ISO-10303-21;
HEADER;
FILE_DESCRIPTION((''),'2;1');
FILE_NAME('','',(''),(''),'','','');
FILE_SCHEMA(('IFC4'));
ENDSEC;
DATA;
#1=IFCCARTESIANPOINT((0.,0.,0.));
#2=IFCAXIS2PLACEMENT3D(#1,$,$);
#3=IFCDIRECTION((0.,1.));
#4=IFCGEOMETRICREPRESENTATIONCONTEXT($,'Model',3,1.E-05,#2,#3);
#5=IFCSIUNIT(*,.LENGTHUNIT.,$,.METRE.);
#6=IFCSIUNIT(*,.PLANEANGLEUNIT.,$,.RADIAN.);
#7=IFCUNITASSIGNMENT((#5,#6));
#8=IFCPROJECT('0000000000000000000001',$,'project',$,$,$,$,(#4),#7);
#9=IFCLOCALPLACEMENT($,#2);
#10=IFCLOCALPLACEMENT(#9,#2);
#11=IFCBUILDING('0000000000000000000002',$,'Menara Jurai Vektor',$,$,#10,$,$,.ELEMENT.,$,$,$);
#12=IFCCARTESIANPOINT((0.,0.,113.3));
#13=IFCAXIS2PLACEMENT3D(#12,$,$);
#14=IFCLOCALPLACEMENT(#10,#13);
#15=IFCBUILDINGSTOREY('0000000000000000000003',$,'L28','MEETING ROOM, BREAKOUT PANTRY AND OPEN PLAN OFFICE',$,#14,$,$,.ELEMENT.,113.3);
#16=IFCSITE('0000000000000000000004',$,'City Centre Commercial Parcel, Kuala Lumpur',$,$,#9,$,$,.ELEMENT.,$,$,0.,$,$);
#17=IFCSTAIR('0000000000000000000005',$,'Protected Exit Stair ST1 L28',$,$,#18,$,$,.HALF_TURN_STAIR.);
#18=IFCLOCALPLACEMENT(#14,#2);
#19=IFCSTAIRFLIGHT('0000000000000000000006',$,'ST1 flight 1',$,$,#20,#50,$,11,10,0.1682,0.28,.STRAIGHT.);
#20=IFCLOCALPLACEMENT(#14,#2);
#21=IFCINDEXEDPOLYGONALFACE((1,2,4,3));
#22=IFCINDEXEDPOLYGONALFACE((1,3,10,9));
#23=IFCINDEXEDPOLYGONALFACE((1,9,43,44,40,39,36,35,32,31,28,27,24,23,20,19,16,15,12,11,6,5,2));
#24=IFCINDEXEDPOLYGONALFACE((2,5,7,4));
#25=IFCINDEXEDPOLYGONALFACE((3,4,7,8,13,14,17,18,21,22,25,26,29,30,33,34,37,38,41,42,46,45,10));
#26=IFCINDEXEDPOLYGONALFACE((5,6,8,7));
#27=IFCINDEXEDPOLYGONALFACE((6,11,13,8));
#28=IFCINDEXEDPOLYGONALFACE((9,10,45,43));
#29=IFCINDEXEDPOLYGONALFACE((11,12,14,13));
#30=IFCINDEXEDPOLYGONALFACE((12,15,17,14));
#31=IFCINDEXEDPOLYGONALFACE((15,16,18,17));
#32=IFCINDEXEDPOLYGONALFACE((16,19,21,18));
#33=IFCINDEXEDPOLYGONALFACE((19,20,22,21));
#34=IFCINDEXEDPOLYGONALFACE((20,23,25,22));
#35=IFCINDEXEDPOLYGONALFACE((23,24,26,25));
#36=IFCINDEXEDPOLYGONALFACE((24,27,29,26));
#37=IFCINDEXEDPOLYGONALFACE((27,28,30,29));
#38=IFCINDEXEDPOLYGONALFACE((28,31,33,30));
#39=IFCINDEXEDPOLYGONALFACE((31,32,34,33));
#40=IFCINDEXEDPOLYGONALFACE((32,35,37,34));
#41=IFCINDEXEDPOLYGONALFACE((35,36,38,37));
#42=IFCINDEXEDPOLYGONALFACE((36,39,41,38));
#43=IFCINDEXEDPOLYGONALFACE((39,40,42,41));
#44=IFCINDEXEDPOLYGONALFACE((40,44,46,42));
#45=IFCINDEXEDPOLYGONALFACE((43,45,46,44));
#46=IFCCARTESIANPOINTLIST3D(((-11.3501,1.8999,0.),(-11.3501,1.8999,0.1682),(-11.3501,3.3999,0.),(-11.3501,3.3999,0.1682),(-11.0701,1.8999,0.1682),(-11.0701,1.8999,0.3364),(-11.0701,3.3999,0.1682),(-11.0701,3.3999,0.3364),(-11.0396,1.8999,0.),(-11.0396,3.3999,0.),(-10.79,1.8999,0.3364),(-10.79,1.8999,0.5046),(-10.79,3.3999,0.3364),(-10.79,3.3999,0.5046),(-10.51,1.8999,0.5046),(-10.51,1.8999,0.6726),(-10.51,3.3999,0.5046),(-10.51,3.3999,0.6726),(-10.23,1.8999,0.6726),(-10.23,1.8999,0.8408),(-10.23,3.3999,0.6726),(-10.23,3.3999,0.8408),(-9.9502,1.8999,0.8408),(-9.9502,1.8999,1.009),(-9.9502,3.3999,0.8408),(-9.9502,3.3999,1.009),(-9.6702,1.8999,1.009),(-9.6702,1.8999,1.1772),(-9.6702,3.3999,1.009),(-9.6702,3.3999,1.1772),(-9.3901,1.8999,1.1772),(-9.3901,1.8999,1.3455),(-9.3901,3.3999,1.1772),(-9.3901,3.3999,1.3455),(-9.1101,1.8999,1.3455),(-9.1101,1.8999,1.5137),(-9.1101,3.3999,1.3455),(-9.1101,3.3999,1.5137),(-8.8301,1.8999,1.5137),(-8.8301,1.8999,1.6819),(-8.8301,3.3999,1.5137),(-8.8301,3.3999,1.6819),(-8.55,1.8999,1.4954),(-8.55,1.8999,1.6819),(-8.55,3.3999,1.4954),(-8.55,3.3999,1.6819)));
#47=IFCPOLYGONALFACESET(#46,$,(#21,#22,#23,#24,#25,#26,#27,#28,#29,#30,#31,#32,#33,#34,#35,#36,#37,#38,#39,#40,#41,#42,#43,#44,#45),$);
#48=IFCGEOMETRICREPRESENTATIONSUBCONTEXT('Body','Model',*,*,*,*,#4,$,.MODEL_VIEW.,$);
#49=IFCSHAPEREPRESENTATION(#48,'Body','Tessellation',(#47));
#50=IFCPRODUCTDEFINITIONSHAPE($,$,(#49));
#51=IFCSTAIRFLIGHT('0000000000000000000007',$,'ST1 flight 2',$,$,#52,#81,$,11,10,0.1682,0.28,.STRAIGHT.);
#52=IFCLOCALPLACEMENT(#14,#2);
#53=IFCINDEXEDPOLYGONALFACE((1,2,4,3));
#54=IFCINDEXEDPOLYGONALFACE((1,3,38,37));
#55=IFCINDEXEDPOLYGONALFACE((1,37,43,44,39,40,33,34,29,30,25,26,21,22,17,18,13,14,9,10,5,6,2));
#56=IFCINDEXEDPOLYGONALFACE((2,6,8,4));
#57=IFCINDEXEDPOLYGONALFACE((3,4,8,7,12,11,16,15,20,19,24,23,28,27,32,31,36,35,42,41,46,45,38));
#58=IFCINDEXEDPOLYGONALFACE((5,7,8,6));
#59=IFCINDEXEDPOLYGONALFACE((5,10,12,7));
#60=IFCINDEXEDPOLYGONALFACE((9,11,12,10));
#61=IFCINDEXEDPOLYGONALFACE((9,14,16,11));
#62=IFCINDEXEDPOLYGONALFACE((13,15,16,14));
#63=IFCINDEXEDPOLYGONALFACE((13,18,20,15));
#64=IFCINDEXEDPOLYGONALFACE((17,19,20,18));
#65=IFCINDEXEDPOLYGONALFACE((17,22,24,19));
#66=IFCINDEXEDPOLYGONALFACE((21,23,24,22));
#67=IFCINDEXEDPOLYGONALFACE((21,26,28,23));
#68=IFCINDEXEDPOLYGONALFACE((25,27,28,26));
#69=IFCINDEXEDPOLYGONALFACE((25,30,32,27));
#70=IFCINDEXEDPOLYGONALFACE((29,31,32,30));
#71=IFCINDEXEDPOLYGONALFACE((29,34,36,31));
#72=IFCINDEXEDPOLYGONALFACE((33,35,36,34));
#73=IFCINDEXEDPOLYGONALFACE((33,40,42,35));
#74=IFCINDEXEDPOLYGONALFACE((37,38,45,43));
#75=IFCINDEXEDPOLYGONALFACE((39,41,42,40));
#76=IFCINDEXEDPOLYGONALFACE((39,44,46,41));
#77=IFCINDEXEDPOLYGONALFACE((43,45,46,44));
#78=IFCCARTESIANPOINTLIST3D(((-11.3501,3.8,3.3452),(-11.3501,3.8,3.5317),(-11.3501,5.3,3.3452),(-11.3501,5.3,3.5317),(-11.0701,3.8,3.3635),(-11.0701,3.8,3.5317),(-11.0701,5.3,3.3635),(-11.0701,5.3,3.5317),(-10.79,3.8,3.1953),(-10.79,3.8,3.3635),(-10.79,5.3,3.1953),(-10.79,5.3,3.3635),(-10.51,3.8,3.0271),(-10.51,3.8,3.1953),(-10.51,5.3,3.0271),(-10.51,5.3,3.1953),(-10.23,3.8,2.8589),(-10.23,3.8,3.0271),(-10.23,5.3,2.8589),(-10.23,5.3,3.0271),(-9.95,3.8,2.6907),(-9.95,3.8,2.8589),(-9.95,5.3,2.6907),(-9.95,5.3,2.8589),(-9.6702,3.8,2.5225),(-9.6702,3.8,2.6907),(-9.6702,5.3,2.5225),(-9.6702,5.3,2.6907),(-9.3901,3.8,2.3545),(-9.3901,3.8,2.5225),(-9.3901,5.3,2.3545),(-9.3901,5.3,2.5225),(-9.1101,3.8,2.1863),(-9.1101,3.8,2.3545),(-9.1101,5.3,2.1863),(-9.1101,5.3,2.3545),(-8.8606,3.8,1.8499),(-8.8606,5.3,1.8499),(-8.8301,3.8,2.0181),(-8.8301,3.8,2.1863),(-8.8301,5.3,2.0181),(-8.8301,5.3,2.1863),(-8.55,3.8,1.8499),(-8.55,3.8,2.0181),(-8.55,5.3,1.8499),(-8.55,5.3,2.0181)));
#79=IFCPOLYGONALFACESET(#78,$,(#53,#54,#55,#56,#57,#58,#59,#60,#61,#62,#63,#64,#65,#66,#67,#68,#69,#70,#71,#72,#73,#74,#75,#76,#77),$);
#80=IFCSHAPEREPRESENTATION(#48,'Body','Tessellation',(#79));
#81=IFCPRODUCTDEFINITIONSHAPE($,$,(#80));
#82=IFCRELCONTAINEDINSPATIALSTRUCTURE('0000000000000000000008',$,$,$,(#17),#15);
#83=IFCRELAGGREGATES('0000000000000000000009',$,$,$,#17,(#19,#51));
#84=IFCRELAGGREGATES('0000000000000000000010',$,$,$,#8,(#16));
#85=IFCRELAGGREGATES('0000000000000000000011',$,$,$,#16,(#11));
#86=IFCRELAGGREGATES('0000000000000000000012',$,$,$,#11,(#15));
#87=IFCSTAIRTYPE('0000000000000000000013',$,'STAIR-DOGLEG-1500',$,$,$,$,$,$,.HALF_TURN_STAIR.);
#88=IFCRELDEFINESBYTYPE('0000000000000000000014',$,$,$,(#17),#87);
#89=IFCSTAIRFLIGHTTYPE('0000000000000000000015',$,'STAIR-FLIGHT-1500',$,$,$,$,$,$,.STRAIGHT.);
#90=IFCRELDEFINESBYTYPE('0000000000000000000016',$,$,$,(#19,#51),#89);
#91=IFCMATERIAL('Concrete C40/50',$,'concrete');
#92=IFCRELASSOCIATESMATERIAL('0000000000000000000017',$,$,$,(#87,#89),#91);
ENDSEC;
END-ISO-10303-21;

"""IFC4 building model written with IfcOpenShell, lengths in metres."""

from ifc_helpers import new_model, si_unit, direction, frame, origin, place, context, subcontext, project, spatial, polyline, outline, extrude, material, type_object, element, aggregate, save


model = new_model("IFC4")

# Units and contexts
model_context = context("Model", 3, precision=1e-05, world=origin(), true_north=direction((0.0, 1.0)))
body_context = subcontext(model_context, "Body", "Model", "MODEL_VIEW")
ifc_project = project(units=[si_unit("LENGTHUNIT", "METRE"), si_unit("PLANEANGLEUNIT", "RADIAN")], contexts=[model_context])

# Site, building, storey
site_placement = place(None, origin())
site = spatial("IfcSite", under=ifc_project, at=site_placement, Name="City Centre Commercial Parcel, Kuala Lumpur", CompositionType="ELEMENT", RefElevation=0.0)
building_placement = place(site_placement, origin())
building = spatial("IfcBuilding", under=site, at=building_placement, Name="Menara Jurai Vektor", CompositionType="ELEMENT")
storey_placement = place(building_placement, frame((0.0, 0.0, 113.3)))
storey = spatial("IfcBuildingStorey", under=building, at=storey_placement, Name="L28", Description="MEETING ROOM, BREAKOUT PANTRY AND OPEN PLAN OFFICE", CompositionType="ELEMENT", Elevation=113.3)

# Shared definitions
ifc_material_1 = material(Name="Concrete C40/50", Category="concrete")

# Stair, stair flights
stair_type = type_object("IfcStairType", Name="STAIR-DOGLEG-1500", PredefinedType="HALF_TURN_STAIR", material=ifc_material_1)
stair_placement = place(storey_placement, origin())
stair = element("IfcStair", 1, at=stair_placement, inside=storey, type_object=stair_type, Name="Protected Exit Stair ST1 L28", PredefinedType="HALF_TURN_STAIR")
stair_flight_type = type_object("IfcStairFlightType", Name="STAIR-FLIGHT-1500", PredefinedType="STRAIGHT", material=ifc_material_1)
stair_flight_1_placement = place(storey_placement, frame((-11.3501, 2.6499, 0.0), z_axis=(0.0, 0.0, 1.0), x_axis=(1.0, 0.0, 0.0)))
stair_flight_1 = element("IfcStairFlight", 2, at=stair_flight_1_placement, type_object=stair_flight_type, Name="ST1 flight 1", NumberOfRisers=11, NumberOfTreads=10, PredefinedType="STRAIGHT", RiserHeight=0.1682, TreadLength=0.28, context=body_context, shape_type="SweptSolid", body=[
    extrude(outline(polyline([(0.0, 0.0), (0.0, 0.1682), (0.28, 0.1682), (0.28, 0.3364), (0.5601, 0.3364), (0.5601, 0.5046), (0.8401, 0.5046), (0.8401, 0.6726), (1.1201, 0.6726), (1.1201, 0.8408), (1.3999, 0.8408), (1.3999, 1.009), (1.6799, 1.009), (1.6799, 1.1772), (1.96, 1.1772), (1.96, 1.3455), (2.24, 1.3455), (2.24, 1.5137), (2.52, 1.5137), (2.52, 1.6819), (2.8, 1.6819), (2.8, 1.8501), (2.8, 1.4954), (0.3105, 0.0), (0.0, 0.0)])), frame((0.0, 0.75, 0.0), z_axis=(0.0, -1.0, 0.0), x_axis=(1.0, 0.0, 0.0)), (0.0, 0.0, 1.0), 1.5),
])
stair_flight_2_placement = place(storey_placement, frame((-8.55, 4.55, 1.8499), z_axis=(0.0, 0.0, 1.0), x_axis=(-1.0, 0.0, 0.0)))
stair_flight_2 = element("IfcStairFlight", 3, at=stair_flight_2_placement, type_object=stair_flight_type, Name="ST1 flight 2", NumberOfRisers=11, NumberOfTreads=10, PredefinedType="STRAIGHT", RiserHeight=0.1682, TreadLength=0.28, context=body_context, shape_type="SweptSolid", body=[
    extrude(outline(polyline([(0.0, 0.0), (0.0, 0.1682), (0.28, 0.1682), (0.28, 0.3364), (0.5601, 0.3364), (0.5601, 0.5046), (0.8401, 0.5046), (0.8401, 0.6726), (1.1201, 0.6726), (1.1201, 0.8408), (1.3999, 0.8408), (1.3999, 1.009), (1.6799, 1.009), (1.6799, 1.1772), (1.96, 1.1772), (1.96, 1.3455), (2.24, 1.3455), (2.24, 1.5137), (2.52, 1.5137), (2.52, 1.6819), (2.8, 1.6819), (2.8, 1.8501), (2.8, 1.4954), (0.3105, 0.0), (0.0, 0.0)])), frame((0.0, 0.75, 0.0), z_axis=(0.0, -1.0, 0.0), x_axis=(1.0, 0.0, 0.0)), (0.0, 0.0, 1.0), 1.5),
])
aggregate(stair, [stair_flight_1, stair_flight_2])

save(model, "model.ifc")
